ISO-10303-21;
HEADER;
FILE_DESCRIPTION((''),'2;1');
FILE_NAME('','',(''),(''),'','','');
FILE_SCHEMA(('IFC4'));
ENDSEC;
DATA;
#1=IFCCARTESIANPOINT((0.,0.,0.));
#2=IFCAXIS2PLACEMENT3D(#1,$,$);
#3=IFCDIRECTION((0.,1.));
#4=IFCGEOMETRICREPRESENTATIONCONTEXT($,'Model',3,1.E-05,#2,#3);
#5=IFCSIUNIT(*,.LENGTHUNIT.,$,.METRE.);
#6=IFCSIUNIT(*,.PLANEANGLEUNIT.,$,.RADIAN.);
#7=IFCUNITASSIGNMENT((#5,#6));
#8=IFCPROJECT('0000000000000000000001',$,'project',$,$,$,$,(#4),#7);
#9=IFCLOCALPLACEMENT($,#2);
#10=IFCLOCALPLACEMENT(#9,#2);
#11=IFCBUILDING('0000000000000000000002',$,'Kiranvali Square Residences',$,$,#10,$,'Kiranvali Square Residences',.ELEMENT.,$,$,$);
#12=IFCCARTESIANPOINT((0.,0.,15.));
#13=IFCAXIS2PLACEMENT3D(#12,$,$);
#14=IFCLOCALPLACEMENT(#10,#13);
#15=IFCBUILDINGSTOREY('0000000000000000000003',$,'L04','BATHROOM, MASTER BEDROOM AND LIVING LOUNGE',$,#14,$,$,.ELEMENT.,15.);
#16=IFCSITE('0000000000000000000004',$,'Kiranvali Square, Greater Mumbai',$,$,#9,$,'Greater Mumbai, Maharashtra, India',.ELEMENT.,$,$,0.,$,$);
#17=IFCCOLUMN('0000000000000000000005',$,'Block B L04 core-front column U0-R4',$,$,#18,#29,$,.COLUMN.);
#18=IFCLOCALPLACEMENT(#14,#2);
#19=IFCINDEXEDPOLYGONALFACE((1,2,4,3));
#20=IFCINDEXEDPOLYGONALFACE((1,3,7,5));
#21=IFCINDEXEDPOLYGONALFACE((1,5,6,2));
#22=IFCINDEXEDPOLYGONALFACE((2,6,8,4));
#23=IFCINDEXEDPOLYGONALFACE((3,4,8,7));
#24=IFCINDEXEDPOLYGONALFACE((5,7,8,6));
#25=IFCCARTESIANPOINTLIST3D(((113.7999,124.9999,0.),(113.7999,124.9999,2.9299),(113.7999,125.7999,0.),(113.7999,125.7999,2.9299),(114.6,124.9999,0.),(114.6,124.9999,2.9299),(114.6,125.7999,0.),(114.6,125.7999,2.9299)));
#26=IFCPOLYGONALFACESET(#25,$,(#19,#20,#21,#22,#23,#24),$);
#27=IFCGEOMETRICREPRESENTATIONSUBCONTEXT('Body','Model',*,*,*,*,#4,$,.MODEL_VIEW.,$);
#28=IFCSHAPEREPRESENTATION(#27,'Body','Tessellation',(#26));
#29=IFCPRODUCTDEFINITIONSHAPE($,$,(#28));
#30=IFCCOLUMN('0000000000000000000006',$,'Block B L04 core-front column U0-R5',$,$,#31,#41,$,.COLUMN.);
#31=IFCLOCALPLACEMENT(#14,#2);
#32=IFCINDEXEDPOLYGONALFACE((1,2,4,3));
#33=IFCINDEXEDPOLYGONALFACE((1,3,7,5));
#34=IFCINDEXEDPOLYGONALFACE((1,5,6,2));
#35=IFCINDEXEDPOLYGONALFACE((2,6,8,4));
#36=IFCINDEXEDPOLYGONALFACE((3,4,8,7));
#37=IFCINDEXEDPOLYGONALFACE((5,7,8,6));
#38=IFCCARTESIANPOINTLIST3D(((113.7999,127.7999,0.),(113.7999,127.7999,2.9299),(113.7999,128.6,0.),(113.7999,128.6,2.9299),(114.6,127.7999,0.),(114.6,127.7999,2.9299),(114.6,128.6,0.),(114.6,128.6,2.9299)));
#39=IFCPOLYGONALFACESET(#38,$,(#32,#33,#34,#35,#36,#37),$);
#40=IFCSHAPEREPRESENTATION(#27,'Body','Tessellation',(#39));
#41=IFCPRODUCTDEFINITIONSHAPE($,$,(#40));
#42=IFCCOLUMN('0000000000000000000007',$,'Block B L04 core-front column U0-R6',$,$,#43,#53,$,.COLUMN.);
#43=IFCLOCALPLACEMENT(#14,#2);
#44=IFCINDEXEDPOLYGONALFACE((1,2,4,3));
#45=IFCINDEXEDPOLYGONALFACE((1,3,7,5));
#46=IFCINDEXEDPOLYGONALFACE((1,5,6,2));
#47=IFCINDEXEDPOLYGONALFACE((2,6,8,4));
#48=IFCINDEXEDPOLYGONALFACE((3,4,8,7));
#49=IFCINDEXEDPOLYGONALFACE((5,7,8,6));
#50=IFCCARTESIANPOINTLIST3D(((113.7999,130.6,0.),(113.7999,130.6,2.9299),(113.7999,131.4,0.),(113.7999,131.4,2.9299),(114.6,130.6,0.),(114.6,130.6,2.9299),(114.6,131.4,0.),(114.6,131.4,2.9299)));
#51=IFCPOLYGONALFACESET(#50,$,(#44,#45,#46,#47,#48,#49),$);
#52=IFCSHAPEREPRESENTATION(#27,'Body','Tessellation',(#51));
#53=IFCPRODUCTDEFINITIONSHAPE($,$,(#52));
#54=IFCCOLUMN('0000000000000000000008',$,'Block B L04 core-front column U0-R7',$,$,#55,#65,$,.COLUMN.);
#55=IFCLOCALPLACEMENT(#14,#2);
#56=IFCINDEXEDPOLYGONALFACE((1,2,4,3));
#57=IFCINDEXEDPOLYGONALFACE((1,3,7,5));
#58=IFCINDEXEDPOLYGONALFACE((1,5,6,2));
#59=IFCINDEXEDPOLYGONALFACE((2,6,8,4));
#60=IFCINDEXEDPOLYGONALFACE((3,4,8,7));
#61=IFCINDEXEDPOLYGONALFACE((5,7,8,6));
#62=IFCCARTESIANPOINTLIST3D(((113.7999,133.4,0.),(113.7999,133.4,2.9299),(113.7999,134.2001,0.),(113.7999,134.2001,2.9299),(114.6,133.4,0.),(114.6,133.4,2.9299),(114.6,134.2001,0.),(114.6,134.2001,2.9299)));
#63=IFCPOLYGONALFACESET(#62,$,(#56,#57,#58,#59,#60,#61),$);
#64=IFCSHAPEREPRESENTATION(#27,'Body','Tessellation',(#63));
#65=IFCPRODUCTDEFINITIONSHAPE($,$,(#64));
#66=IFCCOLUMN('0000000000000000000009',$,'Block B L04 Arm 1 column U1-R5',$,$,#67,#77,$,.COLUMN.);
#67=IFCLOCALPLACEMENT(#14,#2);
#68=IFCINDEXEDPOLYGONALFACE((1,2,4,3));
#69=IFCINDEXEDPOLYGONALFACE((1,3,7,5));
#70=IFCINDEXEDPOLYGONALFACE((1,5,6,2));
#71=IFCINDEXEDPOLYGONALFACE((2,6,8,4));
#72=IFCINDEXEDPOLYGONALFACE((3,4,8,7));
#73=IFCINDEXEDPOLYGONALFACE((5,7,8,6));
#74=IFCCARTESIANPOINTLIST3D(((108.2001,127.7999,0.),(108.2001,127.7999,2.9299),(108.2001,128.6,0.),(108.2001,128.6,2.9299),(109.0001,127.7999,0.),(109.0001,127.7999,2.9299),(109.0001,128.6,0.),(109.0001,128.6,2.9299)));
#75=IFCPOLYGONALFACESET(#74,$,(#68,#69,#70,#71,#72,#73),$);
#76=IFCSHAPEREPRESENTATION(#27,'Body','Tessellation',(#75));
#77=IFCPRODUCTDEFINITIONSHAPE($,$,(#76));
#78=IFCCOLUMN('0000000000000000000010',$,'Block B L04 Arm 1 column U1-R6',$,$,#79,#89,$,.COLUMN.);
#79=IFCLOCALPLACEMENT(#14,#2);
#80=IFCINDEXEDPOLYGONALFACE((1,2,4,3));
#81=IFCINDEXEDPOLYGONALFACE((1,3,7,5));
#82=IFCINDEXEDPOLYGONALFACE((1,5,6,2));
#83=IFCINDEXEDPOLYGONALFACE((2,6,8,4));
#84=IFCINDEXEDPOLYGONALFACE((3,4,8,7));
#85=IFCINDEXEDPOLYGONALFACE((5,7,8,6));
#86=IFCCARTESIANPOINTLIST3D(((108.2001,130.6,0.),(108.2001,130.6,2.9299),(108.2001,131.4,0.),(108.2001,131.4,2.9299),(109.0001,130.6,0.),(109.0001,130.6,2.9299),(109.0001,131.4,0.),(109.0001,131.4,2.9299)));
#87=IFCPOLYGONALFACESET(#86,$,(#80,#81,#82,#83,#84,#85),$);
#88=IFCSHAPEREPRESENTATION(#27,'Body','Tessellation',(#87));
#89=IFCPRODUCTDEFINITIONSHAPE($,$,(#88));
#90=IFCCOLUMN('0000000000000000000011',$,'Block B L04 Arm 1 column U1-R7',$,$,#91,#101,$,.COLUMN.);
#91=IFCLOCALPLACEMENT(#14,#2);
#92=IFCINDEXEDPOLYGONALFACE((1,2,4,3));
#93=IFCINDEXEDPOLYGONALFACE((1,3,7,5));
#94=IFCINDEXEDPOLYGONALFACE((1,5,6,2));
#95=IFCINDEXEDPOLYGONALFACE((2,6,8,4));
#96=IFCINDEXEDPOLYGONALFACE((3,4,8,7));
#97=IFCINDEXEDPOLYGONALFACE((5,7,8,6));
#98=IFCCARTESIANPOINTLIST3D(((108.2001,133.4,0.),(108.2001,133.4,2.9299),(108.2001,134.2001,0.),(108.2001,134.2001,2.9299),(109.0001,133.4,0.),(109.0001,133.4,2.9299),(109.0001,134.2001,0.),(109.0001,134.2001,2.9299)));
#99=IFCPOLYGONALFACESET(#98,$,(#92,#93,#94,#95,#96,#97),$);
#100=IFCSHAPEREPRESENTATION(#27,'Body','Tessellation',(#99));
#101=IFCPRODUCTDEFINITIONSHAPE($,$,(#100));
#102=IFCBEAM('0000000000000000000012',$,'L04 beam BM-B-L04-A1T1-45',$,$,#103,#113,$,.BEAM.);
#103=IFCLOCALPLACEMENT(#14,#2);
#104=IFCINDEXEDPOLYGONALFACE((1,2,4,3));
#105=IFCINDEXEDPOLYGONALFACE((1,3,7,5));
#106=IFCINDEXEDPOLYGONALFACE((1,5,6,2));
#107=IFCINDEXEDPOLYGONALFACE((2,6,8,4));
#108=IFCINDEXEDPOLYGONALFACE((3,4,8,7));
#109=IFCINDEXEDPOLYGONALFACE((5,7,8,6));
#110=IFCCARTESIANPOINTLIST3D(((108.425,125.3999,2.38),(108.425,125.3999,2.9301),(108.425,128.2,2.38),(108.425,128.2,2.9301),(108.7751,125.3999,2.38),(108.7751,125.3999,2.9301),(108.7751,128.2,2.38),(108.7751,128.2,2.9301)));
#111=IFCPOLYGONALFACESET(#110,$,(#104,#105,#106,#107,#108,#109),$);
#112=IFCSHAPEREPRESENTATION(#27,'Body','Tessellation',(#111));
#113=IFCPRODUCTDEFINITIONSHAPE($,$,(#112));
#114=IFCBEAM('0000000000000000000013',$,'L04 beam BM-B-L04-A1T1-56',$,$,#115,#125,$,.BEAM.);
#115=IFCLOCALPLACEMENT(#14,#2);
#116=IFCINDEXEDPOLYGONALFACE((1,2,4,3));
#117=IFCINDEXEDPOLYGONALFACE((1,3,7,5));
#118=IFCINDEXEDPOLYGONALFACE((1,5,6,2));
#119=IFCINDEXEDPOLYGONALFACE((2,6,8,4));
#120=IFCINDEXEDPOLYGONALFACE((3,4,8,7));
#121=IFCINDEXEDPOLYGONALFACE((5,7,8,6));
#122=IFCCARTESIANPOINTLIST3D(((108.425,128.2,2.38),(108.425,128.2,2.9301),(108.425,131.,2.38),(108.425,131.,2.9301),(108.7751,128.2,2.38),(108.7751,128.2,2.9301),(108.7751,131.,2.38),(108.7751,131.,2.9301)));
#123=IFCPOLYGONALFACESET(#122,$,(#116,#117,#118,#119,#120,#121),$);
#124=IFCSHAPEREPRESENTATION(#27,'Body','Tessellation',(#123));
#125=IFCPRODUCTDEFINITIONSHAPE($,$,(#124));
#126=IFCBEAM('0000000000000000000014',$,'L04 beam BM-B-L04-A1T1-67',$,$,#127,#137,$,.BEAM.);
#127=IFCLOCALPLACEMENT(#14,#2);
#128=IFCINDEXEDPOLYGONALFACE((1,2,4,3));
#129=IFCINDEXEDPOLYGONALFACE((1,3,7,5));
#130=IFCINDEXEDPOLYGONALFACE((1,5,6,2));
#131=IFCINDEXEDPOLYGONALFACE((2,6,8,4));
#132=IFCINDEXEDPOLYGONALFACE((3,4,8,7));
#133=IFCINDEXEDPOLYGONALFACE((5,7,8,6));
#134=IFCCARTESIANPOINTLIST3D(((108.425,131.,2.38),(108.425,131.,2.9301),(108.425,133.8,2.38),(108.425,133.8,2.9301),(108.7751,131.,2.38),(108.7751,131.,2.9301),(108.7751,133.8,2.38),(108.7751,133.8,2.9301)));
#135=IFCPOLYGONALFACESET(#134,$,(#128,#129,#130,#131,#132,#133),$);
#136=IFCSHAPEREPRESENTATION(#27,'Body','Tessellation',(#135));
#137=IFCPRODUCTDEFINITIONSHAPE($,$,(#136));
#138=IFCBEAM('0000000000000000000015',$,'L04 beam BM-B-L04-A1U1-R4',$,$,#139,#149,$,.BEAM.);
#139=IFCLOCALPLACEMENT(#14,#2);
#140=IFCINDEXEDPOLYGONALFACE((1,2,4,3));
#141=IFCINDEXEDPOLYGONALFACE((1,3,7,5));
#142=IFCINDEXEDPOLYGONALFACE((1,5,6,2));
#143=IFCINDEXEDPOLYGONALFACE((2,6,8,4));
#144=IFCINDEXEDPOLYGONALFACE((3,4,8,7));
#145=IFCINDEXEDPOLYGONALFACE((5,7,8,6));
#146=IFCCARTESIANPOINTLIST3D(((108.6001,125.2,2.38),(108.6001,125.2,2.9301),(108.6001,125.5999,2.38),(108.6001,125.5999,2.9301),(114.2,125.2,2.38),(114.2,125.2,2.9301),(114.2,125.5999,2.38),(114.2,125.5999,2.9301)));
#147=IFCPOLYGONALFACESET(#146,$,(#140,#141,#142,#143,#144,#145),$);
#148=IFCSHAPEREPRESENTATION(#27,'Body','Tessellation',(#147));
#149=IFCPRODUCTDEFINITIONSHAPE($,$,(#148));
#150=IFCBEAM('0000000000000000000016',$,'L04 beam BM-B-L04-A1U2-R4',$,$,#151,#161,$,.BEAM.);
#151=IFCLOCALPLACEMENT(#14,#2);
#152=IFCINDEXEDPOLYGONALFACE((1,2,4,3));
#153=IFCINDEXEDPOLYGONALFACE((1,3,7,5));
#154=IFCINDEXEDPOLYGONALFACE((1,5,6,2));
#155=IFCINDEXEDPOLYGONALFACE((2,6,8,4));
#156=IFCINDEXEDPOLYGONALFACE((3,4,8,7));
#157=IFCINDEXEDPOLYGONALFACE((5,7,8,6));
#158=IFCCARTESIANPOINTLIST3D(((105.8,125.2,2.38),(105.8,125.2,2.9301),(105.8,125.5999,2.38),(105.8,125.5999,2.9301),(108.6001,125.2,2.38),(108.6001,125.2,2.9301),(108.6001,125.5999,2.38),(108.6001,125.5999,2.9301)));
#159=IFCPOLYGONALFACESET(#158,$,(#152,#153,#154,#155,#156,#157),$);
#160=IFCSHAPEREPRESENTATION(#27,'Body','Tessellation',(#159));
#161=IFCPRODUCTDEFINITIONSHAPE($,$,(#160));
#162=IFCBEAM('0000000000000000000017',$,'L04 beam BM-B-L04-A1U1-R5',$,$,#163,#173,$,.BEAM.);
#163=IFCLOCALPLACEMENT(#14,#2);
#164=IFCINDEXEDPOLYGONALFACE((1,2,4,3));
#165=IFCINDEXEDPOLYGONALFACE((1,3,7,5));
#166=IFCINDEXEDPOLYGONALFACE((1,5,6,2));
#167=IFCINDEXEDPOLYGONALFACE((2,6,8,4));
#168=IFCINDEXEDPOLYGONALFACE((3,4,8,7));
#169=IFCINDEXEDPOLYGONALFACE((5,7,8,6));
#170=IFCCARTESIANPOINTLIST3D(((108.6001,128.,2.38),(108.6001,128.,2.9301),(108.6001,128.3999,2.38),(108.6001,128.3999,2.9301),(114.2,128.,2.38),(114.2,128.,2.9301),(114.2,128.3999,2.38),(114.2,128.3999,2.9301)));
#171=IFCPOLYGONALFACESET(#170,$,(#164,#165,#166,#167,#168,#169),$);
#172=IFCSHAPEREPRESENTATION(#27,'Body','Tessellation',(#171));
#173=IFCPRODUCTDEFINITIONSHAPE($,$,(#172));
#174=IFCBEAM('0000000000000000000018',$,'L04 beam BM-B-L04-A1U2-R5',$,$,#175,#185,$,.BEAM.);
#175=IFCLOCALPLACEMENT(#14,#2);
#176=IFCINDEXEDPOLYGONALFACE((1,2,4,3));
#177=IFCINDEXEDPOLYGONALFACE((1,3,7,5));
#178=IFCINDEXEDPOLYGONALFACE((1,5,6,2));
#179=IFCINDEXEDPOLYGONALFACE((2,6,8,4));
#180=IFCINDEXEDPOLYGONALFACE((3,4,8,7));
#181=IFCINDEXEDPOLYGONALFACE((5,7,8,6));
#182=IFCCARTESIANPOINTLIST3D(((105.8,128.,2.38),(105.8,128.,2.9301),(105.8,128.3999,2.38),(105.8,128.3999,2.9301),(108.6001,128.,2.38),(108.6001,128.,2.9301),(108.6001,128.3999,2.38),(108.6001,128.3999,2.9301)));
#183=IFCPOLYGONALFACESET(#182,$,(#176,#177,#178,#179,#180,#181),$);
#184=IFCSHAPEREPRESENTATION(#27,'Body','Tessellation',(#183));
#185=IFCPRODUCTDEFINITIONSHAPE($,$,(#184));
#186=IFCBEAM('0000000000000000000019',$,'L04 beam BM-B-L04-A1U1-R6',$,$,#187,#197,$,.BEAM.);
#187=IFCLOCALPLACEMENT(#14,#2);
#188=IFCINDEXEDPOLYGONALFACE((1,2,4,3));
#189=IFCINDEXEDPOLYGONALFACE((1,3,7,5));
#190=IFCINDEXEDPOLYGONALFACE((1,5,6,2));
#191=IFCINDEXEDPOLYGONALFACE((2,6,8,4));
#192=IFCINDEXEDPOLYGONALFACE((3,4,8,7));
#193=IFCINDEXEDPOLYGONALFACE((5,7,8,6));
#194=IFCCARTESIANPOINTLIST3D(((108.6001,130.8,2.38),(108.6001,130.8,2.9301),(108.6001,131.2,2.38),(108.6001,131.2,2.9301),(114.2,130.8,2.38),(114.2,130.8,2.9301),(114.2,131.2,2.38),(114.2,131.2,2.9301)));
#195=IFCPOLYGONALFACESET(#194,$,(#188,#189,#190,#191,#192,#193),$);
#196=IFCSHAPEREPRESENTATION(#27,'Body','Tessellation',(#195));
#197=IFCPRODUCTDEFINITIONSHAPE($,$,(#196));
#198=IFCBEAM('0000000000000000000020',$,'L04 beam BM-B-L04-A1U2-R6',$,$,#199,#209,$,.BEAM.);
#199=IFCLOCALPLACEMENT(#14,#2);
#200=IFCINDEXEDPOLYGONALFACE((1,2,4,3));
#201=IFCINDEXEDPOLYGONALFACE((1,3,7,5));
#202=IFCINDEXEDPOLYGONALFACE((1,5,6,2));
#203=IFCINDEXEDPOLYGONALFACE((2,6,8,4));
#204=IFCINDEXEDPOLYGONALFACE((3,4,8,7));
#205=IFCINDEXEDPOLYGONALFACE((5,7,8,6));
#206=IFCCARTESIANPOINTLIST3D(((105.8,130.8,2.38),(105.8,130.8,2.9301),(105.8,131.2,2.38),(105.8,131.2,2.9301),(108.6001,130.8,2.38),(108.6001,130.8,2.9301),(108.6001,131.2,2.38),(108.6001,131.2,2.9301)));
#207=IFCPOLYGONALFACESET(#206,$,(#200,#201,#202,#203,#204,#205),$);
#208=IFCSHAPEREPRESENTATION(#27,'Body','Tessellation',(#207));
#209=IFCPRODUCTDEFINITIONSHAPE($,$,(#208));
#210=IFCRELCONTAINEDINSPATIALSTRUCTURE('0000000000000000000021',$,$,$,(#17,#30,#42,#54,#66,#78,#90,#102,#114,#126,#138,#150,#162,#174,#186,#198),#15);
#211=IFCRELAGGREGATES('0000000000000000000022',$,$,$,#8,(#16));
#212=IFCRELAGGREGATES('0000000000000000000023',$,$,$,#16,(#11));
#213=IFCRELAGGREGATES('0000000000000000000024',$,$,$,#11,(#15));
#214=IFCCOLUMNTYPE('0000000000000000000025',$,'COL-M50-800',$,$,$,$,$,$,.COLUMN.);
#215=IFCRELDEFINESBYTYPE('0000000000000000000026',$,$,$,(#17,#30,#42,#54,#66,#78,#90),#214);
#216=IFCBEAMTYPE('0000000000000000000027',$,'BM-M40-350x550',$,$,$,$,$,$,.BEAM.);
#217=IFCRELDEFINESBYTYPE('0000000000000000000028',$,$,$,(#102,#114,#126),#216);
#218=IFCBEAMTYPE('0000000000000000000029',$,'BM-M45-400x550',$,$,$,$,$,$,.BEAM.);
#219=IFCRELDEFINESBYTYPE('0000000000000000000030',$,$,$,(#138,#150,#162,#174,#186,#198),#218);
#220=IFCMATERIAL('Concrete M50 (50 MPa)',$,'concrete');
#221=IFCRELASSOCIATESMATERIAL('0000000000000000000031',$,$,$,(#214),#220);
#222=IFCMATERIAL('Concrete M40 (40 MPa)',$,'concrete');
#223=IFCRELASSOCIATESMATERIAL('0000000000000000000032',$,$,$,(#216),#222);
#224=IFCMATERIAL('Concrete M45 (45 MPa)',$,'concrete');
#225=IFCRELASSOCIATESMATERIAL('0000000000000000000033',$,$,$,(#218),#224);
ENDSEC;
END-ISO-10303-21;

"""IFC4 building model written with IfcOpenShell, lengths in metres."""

from ifc_helpers import new_model, si_unit, direction, frame, origin, origin_2d, place, context, subcontext, project, spatial, rectangle, extrude, material, material_profile, profile_set, type_object, element, save


model = new_model("IFC4")

# Units and contexts
model_context = context("Model", 3, precision=1e-05, world=origin(), true_north=direction((0.0, 1.0)))
body_context = subcontext(model_context, "Body", "Model", "MODEL_VIEW")
ifc_project = project(units=[si_unit("LENGTHUNIT", "METRE"), si_unit("PLANEANGLEUNIT", "RADIAN")], contexts=[model_context])

# Site, building, storey
site_placement = place(None, origin())
site = spatial("IfcSite", under=ifc_project, at=site_placement, Name="Kiranvali Square, Greater Mumbai", LongName="Greater Mumbai, Maharashtra, India", CompositionType="ELEMENT", RefElevation=0.0)
building_placement = place(site_placement, origin())
building = spatial("IfcBuilding", under=site, at=building_placement, Name="Kiranvali Square Residences", LongName="Kiranvali Square Residences", CompositionType="ELEMENT")
storey_placement = place(building_placement, frame((0.0, 0.0, 15.0)))
storey = spatial("IfcBuildingStorey", under=building, at=storey_placement, Name="L04", Description="BATHROOM, MASTER BEDROOM AND LIVING LOUNGE", CompositionType="ELEMENT", Elevation=15.0)

# Columns
ifc_material_1 = material(Name="Concrete M50 (50 MPa)", Category="concrete")
ifc_material_profile_1 = material_profile(ifc_material_1, rectangle(XDim=0.8, YDim=0.8, at=origin_2d()), Name="RC 800x800")
ifc_profile_set_1 = profile_set([ifc_material_profile_1], Name="Concrete M50 (50 MPa)")
column_type = type_object("IfcColumnType", Name="COL-M50-800", PredefinedType="COLUMN", material=ifc_profile_set_1)
for number, where, z_axis, x_axis, name in (
    (1, (114.2, 125.3999, 0.0), (0.0, 0.0, 1.0), (1.0, 0.0, 0.0), "Block B L04 core-front column U0-R4"),
    (2, (114.2, 128.2, 0.0), (0.0, 0.0, 1.0), (1.0, 0.0, 0.0), "Block B L04 core-front column U0-R5"),
    (3, (114.2, 131.0, 0.0), (0.0, 0.0, 1.0), (1.0, 0.0, 0.0), "Block B L04 core-front column U0-R6"),
    (4, (114.2, 133.8, 0.0), (0.0, 0.0, 1.0), (1.0, 0.0, 0.0), "Block B L04 core-front column U0-R7"),
    (5, (108.6001, 128.2, 0.0), (0.0, 0.0, 1.0), (1.0, 0.0, 0.0), "Block B L04 Arm 1 column U1-R5"),
    (6, (108.6001, 131.0, 0.0), (0.0, 0.0, 1.0), (1.0, 0.0, 0.0), "Block B L04 Arm 1 column U1-R6"),
    (7, (108.6001, 133.8, 0.0), (0.0, 0.0, 1.0), (1.0, 0.0, 0.0), "Block B L04 Arm 1 column U1-R7"),
):
    element("IfcColumn", number, at=place(storey_placement, frame(where, z_axis=z_axis, x_axis=x_axis)), inside=storey, type_object=column_type, Name=name, PredefinedType="COLUMN", context=body_context, shape_type="SweptSolid", body=[
        extrude(rectangle(XDim=0.8, YDim=0.8, at=origin_2d()), origin(), (0.0, 0.0, 1.0), 2.9299),
    ])

# Beams
ifc_material_2 = material(Name="Concrete M40 (40 MPa)", Category="concrete")
ifc_material_profile_2 = material_profile(ifc_material_2, rectangle(XDim=0.3501, YDim=0.55, at=origin_2d()), Name="RC 350x550")
ifc_profile_set_2 = profile_set([ifc_material_profile_2], Name="Concrete M40 (40 MPa)")
beam_type_1 = type_object("IfcBeamType", Name="BM-M40-350x550", PredefinedType="BEAM", material=ifc_profile_set_2)
for number, where, z_axis, x_axis, name in (
    (8, (108.6001, 125.3999, 2.655), (0.0, 1.0, 0.0), (-1.0, 0.0, 0.0), "L04 beam BM-B-L04-A1T1-45"),
    (9, (108.6001, 128.2, 2.655), (0.0, 1.0, 0.0), (-1.0, 0.0, 0.0), "L04 beam BM-B-L04-A1T1-56"),
    (10, (108.6001, 131.0, 2.655), (0.0, 1.0, 0.0), (-1.0, 0.0, 0.0), "L04 beam BM-B-L04-A1T1-67"),
):
    element("IfcBeam", number, at=place(storey_placement, frame(where, z_axis=z_axis, x_axis=x_axis)), inside=storey, type_object=beam_type_1, Name=name, PredefinedType="BEAM", context=body_context, shape_type="SweptSolid", body=[
        extrude(rectangle(XDim=0.3501, YDim=0.55, at=origin_2d()), origin(), (0.0, 0.0, 1.0), 2.8),
    ])
ifc_material_3 = material(Name="Concrete M45 (45 MPa)", Category="concrete")
ifc_material_profile_3 = material_profile(ifc_material_3, rectangle(XDim=0.3999, YDim=0.55, at=origin_2d()), Name="RC 400x550")
ifc_profile_set_3 = profile_set([ifc_material_profile_3], Name="Concrete M45 (45 MPa)")
beam_type_2 = type_object("IfcBeamType", Name="BM-M45-400x550", PredefinedType="BEAM", material=ifc_profile_set_3)
beam_1_placement = place(storey_placement, frame((114.2, 125.3999, 2.655), z_axis=(-1.0, 0.0, 0.0), x_axis=(0.0, -1.0, 0.0)))
element("IfcBeam", 11, at=beam_1_placement, inside=storey, type_object=beam_type_2, Name="L04 beam BM-B-L04-A1U1-R4", PredefinedType="BEAM", context=body_context, shape_type="SweptSolid", body=[
    extrude(rectangle(XDim=0.3999, YDim=0.55, at=origin_2d()), origin(), (0.0, 0.0, 1.0), 5.5999),
])
beam_2_placement = place(storey_placement, frame((108.6001, 125.3999, 2.655), z_axis=(-1.0, 0.0, 0.0), x_axis=(0.0, -1.0, 0.0)))
element("IfcBeam", 12, at=beam_2_placement, inside=storey, type_object=beam_type_2, Name="L04 beam BM-B-L04-A1U2-R4", PredefinedType="BEAM", context=body_context, shape_type="SweptSolid", body=[
    extrude(rectangle(XDim=0.3999, YDim=0.55, at=origin_2d()), origin(), (0.0, 0.0, 1.0), 2.8),
])
beam_3_placement = place(storey_placement, frame((114.2, 128.2, 2.655), z_axis=(-1.0, 0.0, 0.0), x_axis=(0.0, -1.0, 0.0)))
element("IfcBeam", 13, at=beam_3_placement, inside=storey, type_object=beam_type_2, Name="L04 beam BM-B-L04-A1U1-R5", PredefinedType="BEAM", context=body_context, shape_type="SweptSolid", body=[
    extrude(rectangle(XDim=0.3999, YDim=0.55, at=origin_2d()), origin(), (0.0, 0.0, 1.0), 5.5999),
])
beam_4_placement = place(storey_placement, frame((108.6001, 128.2, 2.655), z_axis=(-1.0, 0.0, 0.0), x_axis=(0.0, -1.0, 0.0)))
element("IfcBeam", 14, at=beam_4_placement, inside=storey, type_object=beam_type_2, Name="L04 beam BM-B-L04-A1U2-R5", PredefinedType="BEAM", context=body_context, shape_type="SweptSolid", body=[
    extrude(rectangle(XDim=0.3999, YDim=0.55, at=origin_2d()), origin(), (0.0, 0.0, 1.0), 2.8),
])
beam_5_placement = place(storey_placement, frame((114.2, 131.0, 2.655), z_axis=(-1.0, 0.0, 0.0), x_axis=(0.0, -1.0, 0.0)))
element("IfcBeam", 15, at=beam_5_placement, inside=storey, type_object=beam_type_2, Name="L04 beam BM-B-L04-A1U1-R6", PredefinedType="BEAM", context=body_context, shape_type="SweptSolid", body=[
    extrude(rectangle(XDim=0.3999, YDim=0.55, at=origin_2d()), origin(), (0.0, 0.0, 1.0), 5.5999),
])
beam_6_placement = place(storey_placement, frame((108.6001, 131.0, 2.655), z_axis=(-1.0, 0.0, 0.0), x_axis=(0.0, -1.0, 0.0)))
element("IfcBeam", 16, at=beam_6_placement, inside=storey, type_object=beam_type_2, Name="L04 beam BM-B-L04-A1U2-R6", PredefinedType="BEAM", context=body_context, shape_type="SweptSolid", body=[
    extrude(rectangle(XDim=0.3999, YDim=0.55, at=origin_2d()), origin(), (0.0, 0.0, 1.0), 2.8),
])

save(model, "model.ifc")
